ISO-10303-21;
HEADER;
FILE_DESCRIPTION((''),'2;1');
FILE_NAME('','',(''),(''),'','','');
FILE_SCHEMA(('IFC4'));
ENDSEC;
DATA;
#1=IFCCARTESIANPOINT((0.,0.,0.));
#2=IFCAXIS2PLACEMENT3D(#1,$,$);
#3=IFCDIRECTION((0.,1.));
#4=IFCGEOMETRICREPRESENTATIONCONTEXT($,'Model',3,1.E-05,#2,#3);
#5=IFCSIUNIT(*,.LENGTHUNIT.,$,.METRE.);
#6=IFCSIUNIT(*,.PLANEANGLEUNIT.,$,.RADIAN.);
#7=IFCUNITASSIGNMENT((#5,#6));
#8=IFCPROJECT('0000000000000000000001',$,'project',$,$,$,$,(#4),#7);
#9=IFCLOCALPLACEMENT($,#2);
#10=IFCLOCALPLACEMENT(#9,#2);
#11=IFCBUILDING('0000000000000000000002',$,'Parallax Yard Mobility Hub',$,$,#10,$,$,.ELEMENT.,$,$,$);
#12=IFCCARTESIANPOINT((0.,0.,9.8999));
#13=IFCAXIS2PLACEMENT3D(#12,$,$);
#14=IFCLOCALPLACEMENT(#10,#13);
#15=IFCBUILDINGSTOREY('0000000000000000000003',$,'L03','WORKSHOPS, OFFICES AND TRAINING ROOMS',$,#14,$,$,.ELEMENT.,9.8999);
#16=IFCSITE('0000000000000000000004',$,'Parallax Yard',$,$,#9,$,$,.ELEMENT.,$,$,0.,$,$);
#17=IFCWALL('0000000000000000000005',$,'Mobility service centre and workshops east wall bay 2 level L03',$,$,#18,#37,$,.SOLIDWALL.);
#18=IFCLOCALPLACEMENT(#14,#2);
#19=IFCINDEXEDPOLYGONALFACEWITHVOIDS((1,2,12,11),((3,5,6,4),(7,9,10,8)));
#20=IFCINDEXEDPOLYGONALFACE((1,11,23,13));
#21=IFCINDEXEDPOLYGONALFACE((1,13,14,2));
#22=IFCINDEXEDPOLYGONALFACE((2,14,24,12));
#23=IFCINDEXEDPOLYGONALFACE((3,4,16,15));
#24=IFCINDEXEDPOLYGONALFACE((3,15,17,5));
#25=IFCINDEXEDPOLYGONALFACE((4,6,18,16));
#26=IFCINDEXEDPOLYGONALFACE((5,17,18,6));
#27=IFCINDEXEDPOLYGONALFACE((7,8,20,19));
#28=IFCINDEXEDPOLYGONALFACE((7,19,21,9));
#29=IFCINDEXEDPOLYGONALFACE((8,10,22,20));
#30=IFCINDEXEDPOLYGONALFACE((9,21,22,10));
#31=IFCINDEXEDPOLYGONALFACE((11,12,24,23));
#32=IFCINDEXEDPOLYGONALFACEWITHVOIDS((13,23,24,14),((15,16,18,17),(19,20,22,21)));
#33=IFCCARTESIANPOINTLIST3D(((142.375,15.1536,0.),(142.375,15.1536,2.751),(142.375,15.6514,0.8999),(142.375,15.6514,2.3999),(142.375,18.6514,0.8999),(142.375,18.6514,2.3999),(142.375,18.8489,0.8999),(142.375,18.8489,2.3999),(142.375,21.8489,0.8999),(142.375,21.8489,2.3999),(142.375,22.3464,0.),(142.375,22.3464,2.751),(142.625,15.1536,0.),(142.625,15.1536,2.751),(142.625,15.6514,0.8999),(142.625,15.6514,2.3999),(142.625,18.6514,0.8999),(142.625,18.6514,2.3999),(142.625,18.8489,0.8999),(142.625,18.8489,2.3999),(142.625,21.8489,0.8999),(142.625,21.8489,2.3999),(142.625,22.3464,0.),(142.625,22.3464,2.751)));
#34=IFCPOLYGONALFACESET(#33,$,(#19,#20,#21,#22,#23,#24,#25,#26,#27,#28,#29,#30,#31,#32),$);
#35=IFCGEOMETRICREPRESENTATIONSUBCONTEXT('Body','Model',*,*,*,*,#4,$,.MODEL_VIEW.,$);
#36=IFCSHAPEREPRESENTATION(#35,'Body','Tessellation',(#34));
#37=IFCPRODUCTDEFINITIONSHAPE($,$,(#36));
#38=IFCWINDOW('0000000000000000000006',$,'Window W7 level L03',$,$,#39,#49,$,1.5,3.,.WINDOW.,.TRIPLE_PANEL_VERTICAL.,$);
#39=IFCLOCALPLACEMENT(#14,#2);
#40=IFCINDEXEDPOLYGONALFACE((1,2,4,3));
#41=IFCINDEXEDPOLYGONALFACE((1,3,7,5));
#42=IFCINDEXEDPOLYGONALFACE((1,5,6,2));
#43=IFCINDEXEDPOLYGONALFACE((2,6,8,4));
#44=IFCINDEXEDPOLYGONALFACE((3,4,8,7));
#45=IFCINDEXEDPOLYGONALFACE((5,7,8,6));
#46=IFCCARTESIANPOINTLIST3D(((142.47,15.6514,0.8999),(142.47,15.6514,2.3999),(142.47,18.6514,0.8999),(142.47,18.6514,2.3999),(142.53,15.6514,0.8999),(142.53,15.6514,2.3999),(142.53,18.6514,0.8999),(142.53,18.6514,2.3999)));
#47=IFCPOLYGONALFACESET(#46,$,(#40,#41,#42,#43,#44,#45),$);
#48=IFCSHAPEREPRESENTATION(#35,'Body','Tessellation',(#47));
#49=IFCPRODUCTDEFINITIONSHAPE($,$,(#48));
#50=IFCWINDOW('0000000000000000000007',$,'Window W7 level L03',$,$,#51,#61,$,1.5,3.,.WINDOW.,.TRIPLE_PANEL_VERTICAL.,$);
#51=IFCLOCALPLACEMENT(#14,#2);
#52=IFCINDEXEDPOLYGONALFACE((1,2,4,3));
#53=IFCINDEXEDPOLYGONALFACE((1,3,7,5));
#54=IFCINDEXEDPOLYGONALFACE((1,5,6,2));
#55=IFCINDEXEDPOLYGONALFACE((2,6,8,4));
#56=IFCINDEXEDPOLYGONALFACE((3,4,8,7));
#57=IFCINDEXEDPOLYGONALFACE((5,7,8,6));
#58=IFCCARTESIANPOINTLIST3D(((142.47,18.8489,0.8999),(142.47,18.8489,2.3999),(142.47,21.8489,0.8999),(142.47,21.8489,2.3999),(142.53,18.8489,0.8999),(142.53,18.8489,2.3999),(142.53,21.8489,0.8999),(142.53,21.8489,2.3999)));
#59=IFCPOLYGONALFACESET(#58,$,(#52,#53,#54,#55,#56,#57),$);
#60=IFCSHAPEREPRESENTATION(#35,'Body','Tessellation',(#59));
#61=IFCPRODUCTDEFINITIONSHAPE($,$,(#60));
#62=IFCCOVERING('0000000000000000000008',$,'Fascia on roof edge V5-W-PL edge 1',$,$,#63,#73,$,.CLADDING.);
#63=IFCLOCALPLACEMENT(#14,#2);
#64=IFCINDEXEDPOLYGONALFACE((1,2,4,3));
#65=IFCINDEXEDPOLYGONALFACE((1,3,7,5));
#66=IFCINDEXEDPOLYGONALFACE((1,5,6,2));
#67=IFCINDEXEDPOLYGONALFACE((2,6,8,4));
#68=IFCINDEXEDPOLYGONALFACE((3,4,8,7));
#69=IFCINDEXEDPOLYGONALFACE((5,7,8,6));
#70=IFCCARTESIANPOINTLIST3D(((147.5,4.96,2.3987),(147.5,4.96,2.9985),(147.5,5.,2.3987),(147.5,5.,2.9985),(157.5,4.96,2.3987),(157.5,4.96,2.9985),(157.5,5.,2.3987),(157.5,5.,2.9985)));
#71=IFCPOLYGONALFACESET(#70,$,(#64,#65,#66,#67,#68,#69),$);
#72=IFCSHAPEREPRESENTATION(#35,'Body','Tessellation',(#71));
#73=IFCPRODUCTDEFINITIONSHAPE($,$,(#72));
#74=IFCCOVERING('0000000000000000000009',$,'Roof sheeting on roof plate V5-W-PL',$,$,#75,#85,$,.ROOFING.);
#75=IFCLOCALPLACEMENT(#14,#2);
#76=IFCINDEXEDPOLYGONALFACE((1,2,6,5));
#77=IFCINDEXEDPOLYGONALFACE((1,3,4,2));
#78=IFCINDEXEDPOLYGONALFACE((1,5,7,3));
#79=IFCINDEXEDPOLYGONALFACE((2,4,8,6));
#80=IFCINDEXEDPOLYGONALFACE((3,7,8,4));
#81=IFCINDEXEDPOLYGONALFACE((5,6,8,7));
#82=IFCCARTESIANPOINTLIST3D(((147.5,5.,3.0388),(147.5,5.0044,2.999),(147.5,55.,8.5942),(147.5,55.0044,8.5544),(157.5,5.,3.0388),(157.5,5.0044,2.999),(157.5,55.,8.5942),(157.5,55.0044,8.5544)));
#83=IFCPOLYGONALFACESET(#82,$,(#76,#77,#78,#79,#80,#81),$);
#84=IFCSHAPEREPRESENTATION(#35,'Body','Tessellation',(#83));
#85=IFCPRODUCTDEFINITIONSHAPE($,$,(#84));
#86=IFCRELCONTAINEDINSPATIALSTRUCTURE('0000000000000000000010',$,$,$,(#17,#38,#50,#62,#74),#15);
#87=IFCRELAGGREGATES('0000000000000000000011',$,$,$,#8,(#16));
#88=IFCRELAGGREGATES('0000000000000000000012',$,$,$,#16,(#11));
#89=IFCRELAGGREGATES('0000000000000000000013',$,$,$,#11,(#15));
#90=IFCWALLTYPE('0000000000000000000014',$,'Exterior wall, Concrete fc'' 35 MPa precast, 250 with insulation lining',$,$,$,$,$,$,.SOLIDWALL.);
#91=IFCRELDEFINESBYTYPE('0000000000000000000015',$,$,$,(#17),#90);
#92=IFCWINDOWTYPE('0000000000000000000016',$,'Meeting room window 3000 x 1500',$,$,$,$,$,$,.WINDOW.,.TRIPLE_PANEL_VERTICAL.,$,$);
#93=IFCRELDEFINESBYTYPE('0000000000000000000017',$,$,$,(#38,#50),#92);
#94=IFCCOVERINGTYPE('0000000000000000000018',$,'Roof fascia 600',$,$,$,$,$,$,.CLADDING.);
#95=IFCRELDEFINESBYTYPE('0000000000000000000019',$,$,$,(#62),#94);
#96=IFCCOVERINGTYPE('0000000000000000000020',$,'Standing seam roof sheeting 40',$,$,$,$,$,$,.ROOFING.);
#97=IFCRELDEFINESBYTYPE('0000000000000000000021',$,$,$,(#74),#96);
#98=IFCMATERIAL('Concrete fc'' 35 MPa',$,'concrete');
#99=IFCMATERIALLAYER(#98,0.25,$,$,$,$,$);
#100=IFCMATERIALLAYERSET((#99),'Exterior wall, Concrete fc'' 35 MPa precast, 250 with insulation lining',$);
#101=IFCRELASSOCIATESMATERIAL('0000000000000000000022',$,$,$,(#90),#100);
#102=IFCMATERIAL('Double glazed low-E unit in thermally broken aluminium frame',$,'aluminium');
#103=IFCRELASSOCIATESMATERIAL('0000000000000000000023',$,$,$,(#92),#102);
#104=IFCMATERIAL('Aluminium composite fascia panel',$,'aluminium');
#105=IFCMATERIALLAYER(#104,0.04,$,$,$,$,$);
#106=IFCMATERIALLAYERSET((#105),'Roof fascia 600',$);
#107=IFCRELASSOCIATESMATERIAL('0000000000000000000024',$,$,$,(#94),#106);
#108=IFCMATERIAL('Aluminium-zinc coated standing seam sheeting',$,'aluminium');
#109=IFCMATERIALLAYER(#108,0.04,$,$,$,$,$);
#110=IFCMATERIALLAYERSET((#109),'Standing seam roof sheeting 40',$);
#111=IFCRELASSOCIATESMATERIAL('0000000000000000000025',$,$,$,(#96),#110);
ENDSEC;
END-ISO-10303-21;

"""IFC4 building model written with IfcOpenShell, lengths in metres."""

from ifc_helpers import new_model, si_unit, direction, frame, frame_2d, origin, place, context, subcontext, project, spatial, polyline, rectangle, outline, extrude, material, layer, layer_set, type_object, element, fill, save


model = new_model("IFC4")

# Units and contexts
model_context = context("Model", 3, precision=1e-05, world=origin(), true_north=direction((0.0, 1.0)))
body_context = subcontext(model_context, "Body", "Model", "MODEL_VIEW")
ifc_project = project(units=[si_unit("LENGTHUNIT", "METRE"), si_unit("PLANEANGLEUNIT", "RADIAN")], contexts=[model_context])

# Site, building, storey
site_placement = place(None, origin())
site = spatial("IfcSite", under=ifc_project, at=site_placement, Name="Parallax Yard", CompositionType="ELEMENT", RefElevation=0.0)
building_placement = place(site_placement, origin())
building = spatial("IfcBuilding", under=site, at=building_placement, Name="Parallax Yard Mobility Hub", CompositionType="ELEMENT")
storey_placement = place(building_placement, frame((0.0, 0.0, 9.8999)))
storey = spatial("IfcBuildingStorey", under=building, at=storey_placement, Name="L03", Description="WORKSHOPS, OFFICES AND TRAINING ROOMS", CompositionType="ELEMENT", Elevation=9.8999)

# Wall, openings, windows
ifc_material_1 = material(Name="Concrete fc' 35 MPa", Category="concrete")
ifc_layer_1 = layer(ifc_material_1, 0.25)
ifc_layer_set_1 = layer_set([ifc_layer_1], Name="Exterior wall, Concrete fc' 35 MPa precast, 250 with insulation lining")
wall_type = type_object("IfcWallType", Name="Exterior wall, Concrete fc' 35 MPa precast, 250 with insulation lining", PredefinedType="SOLIDWALL", material=ifc_layer_set_1)
wall_placement = place(storey_placement, frame((142.5, 15.1536, 0.0), z_axis=(0.0, 0.0, 1.0), x_axis=(0.0, 1.0, 0.0)))
wall = element("IfcWall", 1, at=wall_placement, inside=storey, type_object=wall_type, Name="Mobility service centre and workshops east wall bay 2 level L03", PredefinedType="SOLIDWALL", context=body_context, shape_type="SweptSolid", body=[
    extrude(rectangle(XDim=7.1929, YDim=0.25, at=frame_2d((3.5964, 0.0))), origin(), (0.0, 0.0, 1.0), 2.751),
])
opening_1_placement = place(wall_placement, frame((0.4978, 0.0, 0.8999)))
opening_1 = element("IfcOpeningElement", 2, at=opening_1_placement, cuts=wall, PredefinedType="OPENING", context=body_context, shape_type="SweptSolid", body=[
    extrude(rectangle(XDim=3.0, YDim=1.5, at=frame_2d((1.5, 0.75))), frame((0.0, 0.135, 0.0), z_axis=(0.0, -1.0, 0.0), x_axis=(1.0, 0.0, 0.0)), (0.0, 0.0, 1.0), 0.27),
])
opening_2_placement = place(wall_placement, frame((3.6953, 0.0, 0.8999)))
opening_2 = element("IfcOpeningElement", 3, at=opening_2_placement, cuts=wall, PredefinedType="OPENING", context=body_context, shape_type="SweptSolid", body=[
    extrude(rectangle(XDim=3.0, YDim=1.5, at=frame_2d((1.5, 0.75))), frame((0.0, 0.135, 0.0), z_axis=(0.0, -1.0, 0.0), x_axis=(1.0, 0.0, 0.0)), (0.0, 0.0, 1.0), 0.27),
])
ifc_material_2 = material(Name="Double glazed low-E unit in thermally broken aluminium frame", Category="aluminium")
window_type = type_object("IfcWindowType", Name="Meeting room window 3000 x 1500", PartitioningType="TRIPLE_PANEL_VERTICAL", PredefinedType="WINDOW", material=ifc_material_2)
window_1_placement = place(opening_1_placement, origin())
window_1 = element("IfcWindow", 4, at=window_1_placement, inside=storey, type_object=window_type, Name="Window W7 level L03", OverallHeight=1.5, OverallWidth=3.0, PartitioningType="TRIPLE_PANEL_VERTICAL", PredefinedType="WINDOW", context=body_context, shape_type="SweptSolid", body=[
    extrude(rectangle(XDim=3.0, YDim=1.5, at=frame_2d((1.5, 0.75))), frame((0.0, 0.03, 0.0), z_axis=(0.0, -1.0, 0.0), x_axis=(1.0, 0.0, 0.0)), (0.0, 0.0, 1.0), 0.0601),
])
fill(opening_1, window_1)
window_2_placement = place(opening_2_placement, origin())
window_2 = element("IfcWindow", 5, at=window_2_placement, inside=storey, type_object=window_type, Name="Window W7 level L03", OverallHeight=1.5, OverallWidth=3.0, PartitioningType="TRIPLE_PANEL_VERTICAL", PredefinedType="WINDOW", context=body_context, shape_type="SweptSolid", body=[
    extrude(rectangle(XDim=3.0, YDim=1.5, at=frame_2d((1.5, 0.75))), frame((0.0, 0.03, 0.0), z_axis=(0.0, -1.0, 0.0), x_axis=(1.0, 0.0, 0.0)), (0.0, 0.0, 1.0), 0.0601),
])
fill(opening_2, window_2)

# Coverings
ifc_material_3 = material(Name="Aluminium composite fascia panel", Category="aluminium")
ifc_layer_2 = layer(ifc_material_3, 0.04)
ifc_layer_set_2 = layer_set([ifc_layer_2], Name="Roof fascia 600")
covering_type_1 = type_object("IfcCoveringType", Name="Roof fascia 600", PredefinedType="CLADDING", material=ifc_layer_set_2)
covering_1_placement = place(storey_placement, frame((147.5, 5.0, 2.9985), z_axis=(0.0, 1.0, 0.0), x_axis=(1.0, 0.0, 0.0)))
element("IfcCovering", 6, at=covering_1_placement, inside=storey, type_object=covering_type_1, Name="Fascia on roof edge V5-W-PL edge 1", PredefinedType="CLADDING", context=body_context, shape_type="SweptSolid", body=[
    extrude(outline(polyline([(0.0, 0.0), (10.0, 0.0), (10.0, 0.5999), (0.0, 0.5999), (0.0, 0.0)])), origin(), (0.0, 0.0, -1.0), 0.04),
])
ifc_material_4 = material(Name="Aluminium-zinc coated standing seam sheeting", Category="aluminium")
ifc_layer_3 = layer(ifc_material_4, 0.04)
ifc_layer_set_3 = layer_set([ifc_layer_3], Name="Standing seam roof sheeting 40")
covering_type_2 = type_object("IfcCoveringType", Name="Standing seam roof sheeting 40", PredefinedType="ROOFING", material=ifc_layer_set_3)
covering_2_placement = place(storey_placement, frame((147.5, 5.0, 3.0388), z_axis=(0.0, -0.110429, 0.993884), x_axis=(1.0, 0.0, 0.0)))
element("IfcCovering", 7, at=covering_2_placement, inside=storey, type_object=covering_type_2, Name="Roof sheeting on roof plate V5-W-PL", PredefinedType="ROOFING", context=body_context, shape_type="SweptSolid", body=[
    extrude(outline(polyline([(0.0, 0.0), (10.0, 0.0), (10.0, 50.3077), (0.0, 50.3077), (0.0, 0.0)])), origin(), (0.0, 0.0, -1.0), 0.04),
])

save(model, "model.ifc")
